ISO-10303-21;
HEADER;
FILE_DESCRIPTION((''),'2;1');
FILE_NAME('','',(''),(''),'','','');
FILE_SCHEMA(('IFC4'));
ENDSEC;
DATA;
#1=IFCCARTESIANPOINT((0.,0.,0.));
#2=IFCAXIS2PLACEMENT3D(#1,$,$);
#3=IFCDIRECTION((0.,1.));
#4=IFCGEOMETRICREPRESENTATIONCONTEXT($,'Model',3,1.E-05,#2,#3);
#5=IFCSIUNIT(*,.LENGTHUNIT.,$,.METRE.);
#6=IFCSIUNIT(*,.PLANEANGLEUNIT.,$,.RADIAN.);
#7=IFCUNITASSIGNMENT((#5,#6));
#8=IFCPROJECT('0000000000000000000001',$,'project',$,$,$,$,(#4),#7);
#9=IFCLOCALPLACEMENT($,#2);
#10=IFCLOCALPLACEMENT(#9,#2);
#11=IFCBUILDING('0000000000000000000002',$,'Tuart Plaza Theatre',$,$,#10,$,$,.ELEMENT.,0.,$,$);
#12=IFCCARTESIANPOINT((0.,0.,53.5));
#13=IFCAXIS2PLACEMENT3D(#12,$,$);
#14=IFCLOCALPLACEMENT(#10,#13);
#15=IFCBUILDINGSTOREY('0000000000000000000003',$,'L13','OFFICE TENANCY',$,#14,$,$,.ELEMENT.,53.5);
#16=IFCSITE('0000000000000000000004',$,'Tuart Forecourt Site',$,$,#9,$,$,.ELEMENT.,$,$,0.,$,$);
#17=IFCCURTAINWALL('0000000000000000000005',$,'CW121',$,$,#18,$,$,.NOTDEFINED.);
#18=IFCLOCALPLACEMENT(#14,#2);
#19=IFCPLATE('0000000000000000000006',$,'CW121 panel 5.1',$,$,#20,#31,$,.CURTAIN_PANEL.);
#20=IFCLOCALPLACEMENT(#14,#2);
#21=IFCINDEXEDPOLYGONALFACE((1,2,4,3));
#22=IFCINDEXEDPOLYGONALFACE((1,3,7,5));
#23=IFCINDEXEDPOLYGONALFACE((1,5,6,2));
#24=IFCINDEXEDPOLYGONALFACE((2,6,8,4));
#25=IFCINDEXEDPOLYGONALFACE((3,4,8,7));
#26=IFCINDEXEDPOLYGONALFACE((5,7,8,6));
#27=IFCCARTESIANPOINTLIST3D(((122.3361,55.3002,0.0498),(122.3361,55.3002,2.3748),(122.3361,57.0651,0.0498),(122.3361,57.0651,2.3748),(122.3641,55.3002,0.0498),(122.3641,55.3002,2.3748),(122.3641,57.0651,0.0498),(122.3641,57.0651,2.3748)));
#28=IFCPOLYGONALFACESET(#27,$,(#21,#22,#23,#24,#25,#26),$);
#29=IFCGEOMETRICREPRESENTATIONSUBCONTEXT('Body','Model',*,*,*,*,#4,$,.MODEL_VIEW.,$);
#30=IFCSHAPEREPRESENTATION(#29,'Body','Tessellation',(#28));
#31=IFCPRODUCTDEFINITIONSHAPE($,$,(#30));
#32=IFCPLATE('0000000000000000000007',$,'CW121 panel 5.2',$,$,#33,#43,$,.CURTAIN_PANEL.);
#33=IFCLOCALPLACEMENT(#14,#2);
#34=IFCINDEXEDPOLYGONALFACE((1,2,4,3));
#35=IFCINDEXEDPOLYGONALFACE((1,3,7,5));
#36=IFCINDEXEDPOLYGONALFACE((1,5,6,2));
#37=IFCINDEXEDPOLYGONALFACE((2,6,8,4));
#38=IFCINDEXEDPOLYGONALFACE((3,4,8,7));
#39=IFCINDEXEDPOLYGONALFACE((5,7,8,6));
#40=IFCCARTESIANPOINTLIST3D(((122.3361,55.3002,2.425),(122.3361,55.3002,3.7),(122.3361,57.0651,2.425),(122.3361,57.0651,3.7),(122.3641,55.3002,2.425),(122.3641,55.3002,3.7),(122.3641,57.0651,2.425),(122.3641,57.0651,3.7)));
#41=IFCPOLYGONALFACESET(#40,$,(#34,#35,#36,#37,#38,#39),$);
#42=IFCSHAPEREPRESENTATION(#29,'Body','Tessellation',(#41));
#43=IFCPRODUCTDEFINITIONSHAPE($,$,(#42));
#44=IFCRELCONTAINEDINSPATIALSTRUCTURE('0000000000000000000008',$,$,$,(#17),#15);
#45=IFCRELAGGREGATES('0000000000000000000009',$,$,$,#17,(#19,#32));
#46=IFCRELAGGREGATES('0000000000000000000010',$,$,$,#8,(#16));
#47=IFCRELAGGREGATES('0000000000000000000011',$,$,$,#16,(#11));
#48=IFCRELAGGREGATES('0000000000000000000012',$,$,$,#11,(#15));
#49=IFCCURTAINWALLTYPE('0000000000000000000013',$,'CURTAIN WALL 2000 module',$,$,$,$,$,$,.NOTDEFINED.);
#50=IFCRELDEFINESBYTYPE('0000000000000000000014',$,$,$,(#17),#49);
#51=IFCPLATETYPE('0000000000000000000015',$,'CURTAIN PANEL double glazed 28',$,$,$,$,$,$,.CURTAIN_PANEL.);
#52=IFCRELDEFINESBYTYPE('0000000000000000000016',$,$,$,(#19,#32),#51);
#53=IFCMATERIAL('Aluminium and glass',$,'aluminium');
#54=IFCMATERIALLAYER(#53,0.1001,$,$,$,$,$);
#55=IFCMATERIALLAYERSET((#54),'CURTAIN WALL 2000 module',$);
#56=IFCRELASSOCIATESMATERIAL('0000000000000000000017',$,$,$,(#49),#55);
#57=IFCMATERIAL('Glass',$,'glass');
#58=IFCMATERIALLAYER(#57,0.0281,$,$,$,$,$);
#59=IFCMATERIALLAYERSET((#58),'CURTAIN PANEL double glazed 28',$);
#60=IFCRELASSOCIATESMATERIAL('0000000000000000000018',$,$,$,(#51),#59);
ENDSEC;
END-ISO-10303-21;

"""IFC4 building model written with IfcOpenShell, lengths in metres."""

from ifc_helpers import new_model, si_unit, direction, frame, origin, origin_2d, place, context, subcontext, project, spatial, rectangle, extrude, material, layer, layer_set, type_object, element, aggregate, save


model = new_model("IFC4")

# Units and contexts
model_context = context("Model", 3, precision=1e-05, world=origin(), true_north=direction((0.0, 1.0)))
body_context = subcontext(model_context, "Body", "Model", "MODEL_VIEW")
ifc_project = project(units=[si_unit("LENGTHUNIT", "METRE"), si_unit("PLANEANGLEUNIT", "RADIAN")], contexts=[model_context])

# Site, building, storey
site_placement = place(None, origin())
site = spatial("IfcSite", under=ifc_project, at=site_placement, Name="Tuart Forecourt Site", CompositionType="ELEMENT", RefElevation=0.0)
building_placement = place(site_placement, origin())
building = spatial("IfcBuilding", under=site, at=building_placement, Name="Tuart Plaza Theatre", CompositionType="ELEMENT", ElevationOfRefHeight=0.0)
storey_placement = place(building_placement, frame((0.0, 0.0, 53.5)))
storey = spatial("IfcBuildingStorey", under=building, at=storey_placement, Name="L13", Description="OFFICE TENANCY", CompositionType="ELEMENT", Elevation=53.5)

# Curtain wall
ifc_material_1 = material(Name="Aluminium and glass", Category="aluminium")
ifc_layer_1 = layer(ifc_material_1, 0.1001)
ifc_layer_set_1 = layer_set([ifc_layer_1], Name="CURTAIN WALL 2000 module")
curtain_wall_type = type_object("IfcCurtainWallType", Name="CURTAIN WALL 2000 module", PredefinedType="NOTDEFINED", material=ifc_layer_set_1)
curtain_wall_1_placement = place(storey_placement, origin())
curtain_wall_1 = element("IfcCurtainWall", 1, at=curtain_wall_1_placement, inside=storey, type_object=curtain_wall_type, Name="CW121", PredefinedType="NOTDEFINED")

# Plates
ifc_material_2 = material(Name="Glass", Category="glass")
ifc_layer_2 = layer(ifc_material_2, 0.0281)
ifc_layer_set_2 = layer_set([ifc_layer_2], Name="CURTAIN PANEL double glazed 28")
plate_type = type_object("IfcPlateType", Name="CURTAIN PANEL double glazed 28", PredefinedType="CURTAIN_PANEL", material=ifc_layer_set_2)
plate_1_placement = place(storey_placement, frame((122.3501, 56.1826, 0.0498), z_axis=(0.0, 0.0, 1.0), x_axis=(0.0, -1.0, 0.0)))
plate_1 = element("IfcPlate", 2, at=plate_1_placement, type_object=plate_type, Name="CW121 panel 5.1", PredefinedType="CURTAIN_PANEL", context=body_context, shape_type="SweptSolid", body=[
    extrude(rectangle(XDim=1.7649, YDim=0.0281, at=origin_2d()), origin(), (0.0, 0.0, 1.0), 2.325),
])
plate_2_placement = place(storey_placement, frame((122.3501, 56.1826, 2.425), z_axis=(0.0, 0.0, 1.0), x_axis=(0.0, -1.0, 0.0)))
plate_2 = element("IfcPlate", 3, at=plate_2_placement, type_object=plate_type, Name="CW121 panel 5.2", PredefinedType="CURTAIN_PANEL", context=body_context, shape_type="SweptSolid", body=[
    extrude(rectangle(XDim=1.7649, YDim=0.0281, at=origin_2d()), origin(), (0.0, 0.0, 1.0), 1.2749),
])
aggregate(curtain_wall_1, [plate_1, plate_2])

save(model, "model.ifc")
